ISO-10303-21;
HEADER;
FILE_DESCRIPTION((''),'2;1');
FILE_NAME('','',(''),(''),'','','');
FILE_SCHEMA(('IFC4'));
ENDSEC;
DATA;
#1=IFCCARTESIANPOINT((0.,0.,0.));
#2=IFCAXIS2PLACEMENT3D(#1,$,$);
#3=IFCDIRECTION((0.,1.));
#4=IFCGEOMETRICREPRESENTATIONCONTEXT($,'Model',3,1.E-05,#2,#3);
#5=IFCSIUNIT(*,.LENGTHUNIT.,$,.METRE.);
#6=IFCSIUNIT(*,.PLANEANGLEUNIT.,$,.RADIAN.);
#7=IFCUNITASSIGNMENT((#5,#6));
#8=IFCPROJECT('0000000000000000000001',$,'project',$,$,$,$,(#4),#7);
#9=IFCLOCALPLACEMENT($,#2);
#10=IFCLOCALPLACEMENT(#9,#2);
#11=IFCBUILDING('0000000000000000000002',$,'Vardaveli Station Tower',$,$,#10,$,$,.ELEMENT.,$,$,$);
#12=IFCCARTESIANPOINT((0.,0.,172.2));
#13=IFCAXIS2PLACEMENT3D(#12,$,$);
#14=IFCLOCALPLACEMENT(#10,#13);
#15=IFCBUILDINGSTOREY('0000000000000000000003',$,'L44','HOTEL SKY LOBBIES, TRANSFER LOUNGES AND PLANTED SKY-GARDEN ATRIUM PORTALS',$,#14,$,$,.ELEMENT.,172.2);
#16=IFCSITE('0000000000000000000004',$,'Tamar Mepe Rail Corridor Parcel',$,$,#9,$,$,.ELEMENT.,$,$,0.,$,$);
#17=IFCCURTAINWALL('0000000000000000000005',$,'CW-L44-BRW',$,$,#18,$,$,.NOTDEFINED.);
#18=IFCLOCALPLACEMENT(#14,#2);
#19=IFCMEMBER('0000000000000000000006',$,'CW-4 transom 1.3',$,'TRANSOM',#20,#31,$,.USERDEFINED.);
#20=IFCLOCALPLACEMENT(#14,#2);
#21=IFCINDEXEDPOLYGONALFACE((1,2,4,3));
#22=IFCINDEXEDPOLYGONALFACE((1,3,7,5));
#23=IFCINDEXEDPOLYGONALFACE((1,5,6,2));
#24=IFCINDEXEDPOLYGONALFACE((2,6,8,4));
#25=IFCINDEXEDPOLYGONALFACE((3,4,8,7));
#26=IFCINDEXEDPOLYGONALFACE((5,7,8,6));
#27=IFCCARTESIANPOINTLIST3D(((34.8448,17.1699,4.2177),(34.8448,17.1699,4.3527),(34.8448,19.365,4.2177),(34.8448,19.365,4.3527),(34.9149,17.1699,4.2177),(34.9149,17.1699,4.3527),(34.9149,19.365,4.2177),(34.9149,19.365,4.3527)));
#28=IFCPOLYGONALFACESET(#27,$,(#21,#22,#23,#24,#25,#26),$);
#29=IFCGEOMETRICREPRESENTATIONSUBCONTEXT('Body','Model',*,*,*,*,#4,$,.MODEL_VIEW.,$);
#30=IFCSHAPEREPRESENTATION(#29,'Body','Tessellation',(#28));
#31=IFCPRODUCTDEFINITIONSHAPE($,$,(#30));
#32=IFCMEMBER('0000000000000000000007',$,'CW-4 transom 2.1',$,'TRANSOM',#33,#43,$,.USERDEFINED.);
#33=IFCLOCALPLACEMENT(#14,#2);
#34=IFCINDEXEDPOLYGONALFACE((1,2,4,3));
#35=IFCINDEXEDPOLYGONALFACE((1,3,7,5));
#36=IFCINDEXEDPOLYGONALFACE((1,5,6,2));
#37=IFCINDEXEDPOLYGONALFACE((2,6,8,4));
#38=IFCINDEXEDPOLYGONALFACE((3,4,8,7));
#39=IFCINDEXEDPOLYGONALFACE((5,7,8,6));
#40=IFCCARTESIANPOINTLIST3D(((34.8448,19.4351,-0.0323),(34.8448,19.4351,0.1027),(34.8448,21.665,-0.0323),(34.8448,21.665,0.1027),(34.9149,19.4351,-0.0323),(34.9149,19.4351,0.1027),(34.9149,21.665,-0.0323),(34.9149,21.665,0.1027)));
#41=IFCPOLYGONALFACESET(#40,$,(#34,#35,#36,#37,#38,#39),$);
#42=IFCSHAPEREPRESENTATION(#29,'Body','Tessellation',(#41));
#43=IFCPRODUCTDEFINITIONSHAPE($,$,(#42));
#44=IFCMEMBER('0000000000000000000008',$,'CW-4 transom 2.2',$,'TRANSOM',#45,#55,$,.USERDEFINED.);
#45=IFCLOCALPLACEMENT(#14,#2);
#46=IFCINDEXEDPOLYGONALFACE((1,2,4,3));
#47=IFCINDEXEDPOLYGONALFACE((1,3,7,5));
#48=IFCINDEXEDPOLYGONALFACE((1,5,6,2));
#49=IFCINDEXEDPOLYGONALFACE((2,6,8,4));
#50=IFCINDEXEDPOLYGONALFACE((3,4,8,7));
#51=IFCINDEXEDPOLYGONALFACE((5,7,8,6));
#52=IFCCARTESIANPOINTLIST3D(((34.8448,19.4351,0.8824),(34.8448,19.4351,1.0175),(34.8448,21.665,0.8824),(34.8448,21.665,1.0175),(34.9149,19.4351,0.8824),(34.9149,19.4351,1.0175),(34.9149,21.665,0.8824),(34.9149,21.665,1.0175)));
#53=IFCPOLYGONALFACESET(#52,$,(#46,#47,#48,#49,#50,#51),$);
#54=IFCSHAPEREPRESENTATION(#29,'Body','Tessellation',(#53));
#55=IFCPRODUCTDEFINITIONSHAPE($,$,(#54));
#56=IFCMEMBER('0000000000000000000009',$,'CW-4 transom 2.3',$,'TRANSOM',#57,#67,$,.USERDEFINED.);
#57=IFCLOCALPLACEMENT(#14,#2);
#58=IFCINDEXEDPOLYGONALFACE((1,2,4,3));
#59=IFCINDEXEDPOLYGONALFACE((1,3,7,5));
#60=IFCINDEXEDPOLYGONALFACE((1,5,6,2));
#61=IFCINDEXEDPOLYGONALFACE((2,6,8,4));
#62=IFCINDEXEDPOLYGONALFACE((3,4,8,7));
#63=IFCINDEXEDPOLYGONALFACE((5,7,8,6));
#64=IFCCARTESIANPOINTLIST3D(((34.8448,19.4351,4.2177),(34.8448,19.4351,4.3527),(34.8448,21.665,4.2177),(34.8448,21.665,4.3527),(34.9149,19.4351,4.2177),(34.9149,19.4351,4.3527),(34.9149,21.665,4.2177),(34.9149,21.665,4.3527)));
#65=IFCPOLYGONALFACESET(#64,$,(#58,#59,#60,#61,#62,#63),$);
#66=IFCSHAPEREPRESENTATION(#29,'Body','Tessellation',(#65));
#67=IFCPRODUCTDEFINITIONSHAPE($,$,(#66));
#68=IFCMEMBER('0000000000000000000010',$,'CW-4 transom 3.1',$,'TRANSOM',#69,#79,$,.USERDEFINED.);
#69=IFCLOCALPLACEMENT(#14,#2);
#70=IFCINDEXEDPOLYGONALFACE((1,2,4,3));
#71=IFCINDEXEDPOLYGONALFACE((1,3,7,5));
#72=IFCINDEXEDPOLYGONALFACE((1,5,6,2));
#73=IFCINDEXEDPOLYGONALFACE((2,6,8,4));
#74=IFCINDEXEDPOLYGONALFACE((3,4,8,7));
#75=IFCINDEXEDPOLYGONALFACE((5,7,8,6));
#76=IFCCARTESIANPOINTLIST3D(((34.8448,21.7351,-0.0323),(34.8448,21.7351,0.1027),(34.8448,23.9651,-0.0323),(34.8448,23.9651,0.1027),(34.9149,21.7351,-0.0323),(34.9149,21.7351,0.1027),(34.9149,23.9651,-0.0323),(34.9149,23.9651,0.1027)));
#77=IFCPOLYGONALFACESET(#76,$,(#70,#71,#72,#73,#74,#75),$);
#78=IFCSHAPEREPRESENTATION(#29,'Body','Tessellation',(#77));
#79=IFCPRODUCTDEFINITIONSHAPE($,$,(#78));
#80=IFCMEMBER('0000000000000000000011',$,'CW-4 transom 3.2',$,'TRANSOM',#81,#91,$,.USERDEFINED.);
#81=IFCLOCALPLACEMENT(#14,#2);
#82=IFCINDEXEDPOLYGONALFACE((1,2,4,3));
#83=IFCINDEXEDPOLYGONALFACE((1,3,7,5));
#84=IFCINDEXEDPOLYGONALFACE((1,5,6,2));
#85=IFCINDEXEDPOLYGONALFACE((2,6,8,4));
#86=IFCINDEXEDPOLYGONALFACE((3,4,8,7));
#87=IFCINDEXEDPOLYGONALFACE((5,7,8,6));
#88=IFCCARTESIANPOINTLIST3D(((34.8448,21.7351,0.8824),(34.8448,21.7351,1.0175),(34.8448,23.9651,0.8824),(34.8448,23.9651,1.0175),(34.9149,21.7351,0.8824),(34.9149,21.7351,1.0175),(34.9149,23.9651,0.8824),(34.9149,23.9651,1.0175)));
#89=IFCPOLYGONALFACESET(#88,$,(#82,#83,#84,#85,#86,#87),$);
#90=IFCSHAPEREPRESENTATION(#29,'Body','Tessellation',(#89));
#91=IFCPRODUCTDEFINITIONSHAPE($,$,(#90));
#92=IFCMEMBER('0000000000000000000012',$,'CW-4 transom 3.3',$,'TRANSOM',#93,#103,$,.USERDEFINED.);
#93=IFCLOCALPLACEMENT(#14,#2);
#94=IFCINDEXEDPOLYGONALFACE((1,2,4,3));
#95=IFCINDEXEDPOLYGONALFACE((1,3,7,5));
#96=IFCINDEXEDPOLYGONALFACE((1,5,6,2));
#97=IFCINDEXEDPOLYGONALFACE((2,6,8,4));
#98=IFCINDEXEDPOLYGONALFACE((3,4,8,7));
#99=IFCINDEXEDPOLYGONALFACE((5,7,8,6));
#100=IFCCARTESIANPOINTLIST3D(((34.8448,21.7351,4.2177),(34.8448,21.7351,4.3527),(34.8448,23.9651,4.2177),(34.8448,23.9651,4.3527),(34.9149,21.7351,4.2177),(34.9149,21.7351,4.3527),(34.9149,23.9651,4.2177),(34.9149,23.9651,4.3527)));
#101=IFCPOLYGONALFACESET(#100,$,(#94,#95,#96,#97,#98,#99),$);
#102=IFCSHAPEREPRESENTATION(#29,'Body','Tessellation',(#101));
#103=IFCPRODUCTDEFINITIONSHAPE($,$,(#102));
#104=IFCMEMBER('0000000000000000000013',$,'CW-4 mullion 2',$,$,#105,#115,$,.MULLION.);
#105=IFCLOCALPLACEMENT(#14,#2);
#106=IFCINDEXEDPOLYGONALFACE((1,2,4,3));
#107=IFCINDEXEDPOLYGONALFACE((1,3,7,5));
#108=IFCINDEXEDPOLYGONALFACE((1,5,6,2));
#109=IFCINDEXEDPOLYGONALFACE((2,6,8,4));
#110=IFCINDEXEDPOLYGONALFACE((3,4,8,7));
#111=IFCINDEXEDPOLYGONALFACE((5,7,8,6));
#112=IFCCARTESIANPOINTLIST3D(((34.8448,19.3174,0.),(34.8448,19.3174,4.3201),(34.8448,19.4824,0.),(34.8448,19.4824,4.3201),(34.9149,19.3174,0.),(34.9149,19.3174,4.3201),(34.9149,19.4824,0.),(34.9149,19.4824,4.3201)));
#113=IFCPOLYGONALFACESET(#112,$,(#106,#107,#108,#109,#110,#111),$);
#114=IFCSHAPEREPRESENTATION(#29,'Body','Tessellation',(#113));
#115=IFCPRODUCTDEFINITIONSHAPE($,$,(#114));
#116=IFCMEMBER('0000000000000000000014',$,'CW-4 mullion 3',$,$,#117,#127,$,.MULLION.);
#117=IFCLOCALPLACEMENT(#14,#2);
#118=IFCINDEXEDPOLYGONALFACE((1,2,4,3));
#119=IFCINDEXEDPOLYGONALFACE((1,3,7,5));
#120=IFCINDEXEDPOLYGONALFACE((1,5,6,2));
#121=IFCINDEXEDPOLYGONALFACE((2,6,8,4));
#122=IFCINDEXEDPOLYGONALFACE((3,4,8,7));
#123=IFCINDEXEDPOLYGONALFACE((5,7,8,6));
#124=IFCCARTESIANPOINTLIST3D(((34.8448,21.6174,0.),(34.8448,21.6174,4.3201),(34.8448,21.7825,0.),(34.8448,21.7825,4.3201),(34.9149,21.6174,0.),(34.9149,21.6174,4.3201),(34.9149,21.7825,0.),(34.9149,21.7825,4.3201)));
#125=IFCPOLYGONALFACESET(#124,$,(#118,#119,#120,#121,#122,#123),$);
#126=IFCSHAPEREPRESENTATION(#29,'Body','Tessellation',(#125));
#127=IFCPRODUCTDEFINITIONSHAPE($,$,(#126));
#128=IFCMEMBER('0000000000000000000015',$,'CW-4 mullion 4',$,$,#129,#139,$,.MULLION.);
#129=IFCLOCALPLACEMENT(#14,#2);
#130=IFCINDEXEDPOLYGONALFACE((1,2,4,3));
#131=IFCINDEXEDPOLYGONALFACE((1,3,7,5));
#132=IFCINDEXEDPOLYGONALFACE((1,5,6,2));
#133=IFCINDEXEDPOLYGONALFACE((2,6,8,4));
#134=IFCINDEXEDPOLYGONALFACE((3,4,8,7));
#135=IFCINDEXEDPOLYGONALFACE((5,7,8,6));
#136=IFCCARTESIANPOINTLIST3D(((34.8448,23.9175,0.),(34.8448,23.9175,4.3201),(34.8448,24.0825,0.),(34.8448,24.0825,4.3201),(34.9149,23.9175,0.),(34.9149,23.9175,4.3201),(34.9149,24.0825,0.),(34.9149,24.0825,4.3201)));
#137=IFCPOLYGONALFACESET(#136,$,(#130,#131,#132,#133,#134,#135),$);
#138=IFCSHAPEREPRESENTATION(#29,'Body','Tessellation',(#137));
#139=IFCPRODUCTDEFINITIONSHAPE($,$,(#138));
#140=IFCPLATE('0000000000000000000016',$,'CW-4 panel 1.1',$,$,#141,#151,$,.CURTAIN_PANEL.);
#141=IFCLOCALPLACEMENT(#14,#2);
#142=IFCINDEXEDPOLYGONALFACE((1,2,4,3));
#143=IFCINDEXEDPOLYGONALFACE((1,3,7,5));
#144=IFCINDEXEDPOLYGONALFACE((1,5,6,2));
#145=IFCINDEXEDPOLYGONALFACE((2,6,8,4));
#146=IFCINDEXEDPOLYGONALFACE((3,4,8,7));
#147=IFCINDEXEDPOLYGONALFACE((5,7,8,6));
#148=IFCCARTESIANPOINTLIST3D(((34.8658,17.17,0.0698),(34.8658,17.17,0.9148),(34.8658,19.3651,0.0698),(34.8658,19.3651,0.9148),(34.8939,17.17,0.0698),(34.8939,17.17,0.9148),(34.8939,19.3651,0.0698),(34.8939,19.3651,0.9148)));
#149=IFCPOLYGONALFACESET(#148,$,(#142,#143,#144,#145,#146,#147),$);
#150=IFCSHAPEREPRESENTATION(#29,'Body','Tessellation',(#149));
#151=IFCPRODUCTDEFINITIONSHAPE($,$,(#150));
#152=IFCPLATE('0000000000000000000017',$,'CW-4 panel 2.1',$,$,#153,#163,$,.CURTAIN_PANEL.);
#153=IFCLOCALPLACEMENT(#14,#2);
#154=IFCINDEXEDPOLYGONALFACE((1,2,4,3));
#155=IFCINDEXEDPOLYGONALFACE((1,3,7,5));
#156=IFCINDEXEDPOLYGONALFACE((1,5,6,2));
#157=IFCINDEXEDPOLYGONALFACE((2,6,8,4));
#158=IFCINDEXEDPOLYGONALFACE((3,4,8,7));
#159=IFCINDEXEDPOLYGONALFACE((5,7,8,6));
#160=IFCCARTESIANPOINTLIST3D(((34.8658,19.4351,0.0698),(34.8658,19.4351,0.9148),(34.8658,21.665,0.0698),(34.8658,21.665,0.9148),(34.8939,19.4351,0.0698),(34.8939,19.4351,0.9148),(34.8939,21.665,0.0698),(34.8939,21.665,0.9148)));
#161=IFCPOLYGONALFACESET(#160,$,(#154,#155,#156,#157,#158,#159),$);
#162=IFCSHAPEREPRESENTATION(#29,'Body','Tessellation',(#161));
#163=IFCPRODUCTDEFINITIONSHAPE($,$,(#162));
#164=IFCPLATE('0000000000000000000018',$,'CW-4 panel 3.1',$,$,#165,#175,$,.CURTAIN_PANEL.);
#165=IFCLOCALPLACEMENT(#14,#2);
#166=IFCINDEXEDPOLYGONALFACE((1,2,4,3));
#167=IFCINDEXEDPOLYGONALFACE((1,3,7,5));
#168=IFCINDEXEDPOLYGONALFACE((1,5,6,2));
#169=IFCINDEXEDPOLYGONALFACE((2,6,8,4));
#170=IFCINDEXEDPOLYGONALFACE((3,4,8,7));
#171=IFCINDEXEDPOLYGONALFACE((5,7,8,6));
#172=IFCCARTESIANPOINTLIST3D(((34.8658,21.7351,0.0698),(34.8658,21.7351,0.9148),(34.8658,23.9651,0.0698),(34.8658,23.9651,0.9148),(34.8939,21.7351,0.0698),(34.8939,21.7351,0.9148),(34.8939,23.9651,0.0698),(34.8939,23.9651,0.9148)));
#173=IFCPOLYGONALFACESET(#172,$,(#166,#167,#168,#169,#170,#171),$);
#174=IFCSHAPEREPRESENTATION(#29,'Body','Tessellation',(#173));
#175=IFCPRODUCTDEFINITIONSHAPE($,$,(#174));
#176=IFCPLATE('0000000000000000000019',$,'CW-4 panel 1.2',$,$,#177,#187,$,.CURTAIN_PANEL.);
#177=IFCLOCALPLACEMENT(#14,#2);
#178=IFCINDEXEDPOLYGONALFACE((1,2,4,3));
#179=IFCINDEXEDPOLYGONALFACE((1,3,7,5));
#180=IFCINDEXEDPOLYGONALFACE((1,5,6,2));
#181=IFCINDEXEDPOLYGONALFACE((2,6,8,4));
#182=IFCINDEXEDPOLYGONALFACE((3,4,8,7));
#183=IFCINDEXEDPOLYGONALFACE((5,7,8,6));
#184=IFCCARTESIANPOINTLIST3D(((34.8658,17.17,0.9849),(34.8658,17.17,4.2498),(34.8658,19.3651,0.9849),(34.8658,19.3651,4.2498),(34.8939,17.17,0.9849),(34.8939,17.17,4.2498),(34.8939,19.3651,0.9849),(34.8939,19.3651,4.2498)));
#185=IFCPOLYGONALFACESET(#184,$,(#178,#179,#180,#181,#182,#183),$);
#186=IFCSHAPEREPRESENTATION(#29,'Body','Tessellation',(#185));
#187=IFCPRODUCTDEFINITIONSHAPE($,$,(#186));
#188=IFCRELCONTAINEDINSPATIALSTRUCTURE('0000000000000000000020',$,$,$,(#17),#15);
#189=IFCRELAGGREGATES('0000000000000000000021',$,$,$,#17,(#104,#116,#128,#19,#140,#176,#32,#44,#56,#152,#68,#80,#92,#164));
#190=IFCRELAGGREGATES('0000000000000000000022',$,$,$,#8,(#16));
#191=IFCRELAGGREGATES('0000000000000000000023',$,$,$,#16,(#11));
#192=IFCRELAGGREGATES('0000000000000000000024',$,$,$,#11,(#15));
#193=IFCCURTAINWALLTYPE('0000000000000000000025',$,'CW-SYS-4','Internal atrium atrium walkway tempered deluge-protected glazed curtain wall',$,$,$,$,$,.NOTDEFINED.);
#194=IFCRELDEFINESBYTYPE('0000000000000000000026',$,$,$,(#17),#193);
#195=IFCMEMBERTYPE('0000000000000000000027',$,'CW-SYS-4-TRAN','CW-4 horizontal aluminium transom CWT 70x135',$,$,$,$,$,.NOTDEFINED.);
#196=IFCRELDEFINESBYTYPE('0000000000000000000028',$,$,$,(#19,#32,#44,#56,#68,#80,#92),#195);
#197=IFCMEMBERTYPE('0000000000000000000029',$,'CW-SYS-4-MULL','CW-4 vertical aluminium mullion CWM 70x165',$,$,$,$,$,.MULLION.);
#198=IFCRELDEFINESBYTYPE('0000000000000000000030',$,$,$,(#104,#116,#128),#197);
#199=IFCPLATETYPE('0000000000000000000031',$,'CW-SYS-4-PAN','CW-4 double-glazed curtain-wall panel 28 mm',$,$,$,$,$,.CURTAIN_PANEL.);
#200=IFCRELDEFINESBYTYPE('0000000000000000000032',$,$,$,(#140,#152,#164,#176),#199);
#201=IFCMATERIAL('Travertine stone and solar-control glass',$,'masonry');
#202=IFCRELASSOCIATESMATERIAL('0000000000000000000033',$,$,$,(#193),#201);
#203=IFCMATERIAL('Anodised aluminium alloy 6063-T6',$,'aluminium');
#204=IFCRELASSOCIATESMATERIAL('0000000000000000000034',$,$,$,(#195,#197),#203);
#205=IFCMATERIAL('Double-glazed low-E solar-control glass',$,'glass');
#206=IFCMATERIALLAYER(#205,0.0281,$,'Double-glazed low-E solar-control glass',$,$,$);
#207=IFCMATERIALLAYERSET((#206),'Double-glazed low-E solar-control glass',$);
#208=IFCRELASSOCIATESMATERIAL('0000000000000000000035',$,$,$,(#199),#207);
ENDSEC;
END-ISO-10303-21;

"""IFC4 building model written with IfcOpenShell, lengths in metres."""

from ifc_helpers import new_model, si_unit, direction, frame, origin, origin_2d, place, context, subcontext, project, spatial, rectangle, extrude, source, transform, mapped, material, layer, layer_set, material_profile, profile_set, type_object, element, aggregate, save


model = new_model("IFC4")

# Units and contexts
model_context = context("Model", 3, precision=1e-05, world=origin(), true_north=direction((0.0, 1.0)))
body_context = subcontext(model_context, "Body", "Model", "MODEL_VIEW")
ifc_project = project(units=[si_unit("LENGTHUNIT", "METRE"), si_unit("PLANEANGLEUNIT", "RADIAN")], contexts=[model_context])

# Site, building, storey
site_placement = place(None, origin())
site = spatial("IfcSite", under=ifc_project, at=site_placement, Name="Tamar Mepe Rail Corridor Parcel", CompositionType="ELEMENT", RefElevation=0.0)
building_placement = place(site_placement, origin())
building = spatial("IfcBuilding", under=site, at=building_placement, Name="Vardaveli Station Tower", CompositionType="ELEMENT")
storey_placement = place(building_placement, frame((0.0, 0.0, 172.2)))
storey = spatial("IfcBuildingStorey", under=building, at=storey_placement, Name="L44", Description="HOTEL SKY LOBBIES, TRANSFER LOUNGES AND PLANTED SKY-GARDEN ATRIUM PORTALS", CompositionType="ELEMENT", Elevation=172.2)

# Curtain wall, members, plates
ifc_material_1 = material(Name="Travertine stone and solar-control glass", Category="masonry")
curtain_wall_type = type_object("IfcCurtainWallType", Name="CW-SYS-4", Description="Internal atrium atrium walkway tempered deluge-protected glazed curtain wall", PredefinedType="NOTDEFINED", material=ifc_material_1)
curtain_wall_placement = place(storey_placement, origin())
curtain_wall = element("IfcCurtainWall", 1, at=curtain_wall_placement, inside=storey, type_object=curtain_wall_type, Name="CW-L44-BRW", PredefinedType="NOTDEFINED")
ifc_material_2 = material(Name="Anodised aluminium alloy 6063-T6", Category="aluminium")
ifc_material_profile_1 = material_profile(ifc_material_2, rectangle(XDim=0.0701, YDim=0.135, at=origin_2d()), Name="CWT 70x135")
ifc_profile_set_1 = profile_set([ifc_material_profile_1], Name="Anodised aluminium alloy 6063-T6")
member_type_1 = type_object("IfcMemberType", Name="CW-SYS-4-TRAN", Description="CW-4 horizontal aluminium transom CWT 70x135", PredefinedType="NOTDEFINED", material=ifc_profile_set_1)
shared_shape_1 = source(origin(), body_context, "Body", "SweptSolid", [
    extrude(rectangle(XDim=0.0701, YDim=0.135, at=origin_2d()), origin(), (0.0, 0.0, 1.0), 2.1951),
])
member_1_placement = place(storey_placement, frame((34.8799, 17.1699, 4.2852), z_axis=(0.0, 1.0, 0.0), x_axis=(-1.0, 0.0, 0.0)))
member_1 = element("IfcMember", 2, at=member_1_placement, type_object=member_type_1, Name="CW-4 transom 1.3", ObjectType="TRANSOM", PredefinedType="USERDEFINED", context=body_context, shape_type="MappedRepresentation", body=[
    mapped(shared_shape_1, transform((0.0, 0.0, 0.0), scale=1.0)),
])
shared_shape_2 = source(origin(), body_context, "Body", "SweptSolid", [
    extrude(rectangle(XDim=0.0701, YDim=0.135, at=origin_2d()), origin(), (0.0, 0.0, 1.0), 2.23),
])
member_2_placement = place(storey_placement, frame((34.8799, 19.4351, 0.0352), z_axis=(0.0, 1.0, 0.0), x_axis=(-1.0, 0.0, 0.0)))
member_2 = element("IfcMember", 3, at=member_2_placement, type_object=member_type_1, Name="CW-4 transom 2.1", ObjectType="TRANSOM", PredefinedType="USERDEFINED", context=body_context, shape_type="MappedRepresentation", body=[
    mapped(shared_shape_2, transform((0.0, 0.0, 0.0), scale=1.0)),
])
member_3_placement = place(storey_placement, frame((34.8799, 19.4351, 0.95), z_axis=(0.0, 1.0, 0.0), x_axis=(-1.0, 0.0, 0.0)))
member_3 = element("IfcMember", 4, at=member_3_placement, type_object=member_type_1, Name="CW-4 transom 2.2", ObjectType="TRANSOM", PredefinedType="USERDEFINED", context=body_context, shape_type="MappedRepresentation", body=[
    mapped(shared_shape_2, transform((0.0, 0.0, 0.0), scale=1.0)),
])
member_4_placement = place(storey_placement, frame((34.8799, 19.4351, 4.2852), z_axis=(0.0, 1.0, 0.0), x_axis=(-1.0, 0.0, 0.0)))
member_4 = element("IfcMember", 5, at=member_4_placement, type_object=member_type_1, Name="CW-4 transom 2.3", ObjectType="TRANSOM", PredefinedType="USERDEFINED", context=body_context, shape_type="MappedRepresentation", body=[
    mapped(shared_shape_2, transform((0.0, 0.0, 0.0), scale=1.0)),
])
member_5_placement = place(storey_placement, frame((34.8799, 21.7351, 0.0352), z_axis=(0.0, 1.0, 0.0), x_axis=(-1.0, 0.0, 0.0)))
member_5 = element("IfcMember", 6, at=member_5_placement, type_object=member_type_1, Name="CW-4 transom 3.1", ObjectType="TRANSOM", PredefinedType="USERDEFINED", context=body_context, shape_type="MappedRepresentation", body=[
    mapped(shared_shape_2, transform((0.0, 0.0, 0.0), scale=1.0)),
])
member_6_placement = place(storey_placement, frame((34.8799, 21.7351, 0.95), z_axis=(0.0, 1.0, 0.0), x_axis=(-1.0, 0.0, 0.0)))
member_6 = element("IfcMember", 7, at=member_6_placement, type_object=member_type_1, Name="CW-4 transom 3.2", ObjectType="TRANSOM", PredefinedType="USERDEFINED", context=body_context, shape_type="MappedRepresentation", body=[
    mapped(shared_shape_2, transform((0.0, 0.0, 0.0), scale=1.0)),
])
member_7_placement = place(storey_placement, frame((34.8799, 21.7351, 4.2852), z_axis=(0.0, 1.0, 0.0), x_axis=(-1.0, 0.0, 0.0)))
member_7 = element("IfcMember", 8, at=member_7_placement, type_object=member_type_1, Name="CW-4 transom 3.3", ObjectType="TRANSOM", PredefinedType="USERDEFINED", context=body_context, shape_type="MappedRepresentation", body=[
    mapped(shared_shape_2, transform((0.0, 0.0, 0.0), scale=1.0)),
])
ifc_material_profile_2 = material_profile(ifc_material_2, rectangle(XDim=0.0701, YDim=0.165, at=origin_2d()), Name="CWM 70x165")
ifc_profile_set_2 = profile_set([ifc_material_profile_2], Name="Anodised aluminium alloy 6063-T6")
member_type_2 = type_object("IfcMemberType", Name="CW-SYS-4-MULL", Description="CW-4 vertical aluminium mullion CWM 70x165", PredefinedType="MULLION", material=ifc_profile_set_2)
shared_shape_3 = source(origin(), body_context, "Body", "SweptSolid", [
    extrude(rectangle(XDim=0.0701, YDim=0.165, at=origin_2d()), origin(), (0.0, 0.0, 1.0), 4.3201),
])
member_8_placement = place(storey_placement, frame((34.8799, 19.3999, 0.0), z_axis=(0.0, 0.0, 1.0), x_axis=(-1.0, 0.0, 0.0)))
member_8 = element("IfcMember", 9, at=member_8_placement, type_object=member_type_2, Name="CW-4 mullion 2", PredefinedType="MULLION", context=body_context, shape_type="MappedRepresentation", body=[
    mapped(shared_shape_3, transform((0.0, 0.0, 0.0), scale=1.0)),
])
member_9_placement = place(storey_placement, frame((34.8799, 21.7, 0.0), z_axis=(0.0, 0.0, 1.0), x_axis=(-1.0, 0.0, 0.0)))
member_9 = element("IfcMember", 10, at=member_9_placement, type_object=member_type_2, Name="CW-4 mullion 3", PredefinedType="MULLION", context=body_context, shape_type="MappedRepresentation", body=[
    mapped(shared_shape_3, transform((0.0, 0.0, 0.0), scale=1.0)),
])
member_10_placement = place(storey_placement, frame((34.8799, 24.0, 0.0), z_axis=(0.0, 0.0, 1.0), x_axis=(-1.0, 0.0, 0.0)))
member_10 = element("IfcMember", 11, at=member_10_placement, type_object=member_type_2, Name="CW-4 mullion 4", PredefinedType="MULLION", context=body_context, shape_type="MappedRepresentation", body=[
    mapped(shared_shape_3, transform((0.0, 0.0, 0.0), scale=1.0)),
])
ifc_material_3 = material(Name="Double-glazed low-E solar-control glass", Category="glass")
ifc_layer_1 = layer(ifc_material_3, 0.0281, Name="Double-glazed low-E solar-control glass")
ifc_layer_set_1 = layer_set([ifc_layer_1], Name="Double-glazed low-E solar-control glass")
plate_type = type_object("IfcPlateType", Name="CW-SYS-4-PAN", Description="CW-4 double-glazed curtain-wall panel 28 mm", PredefinedType="CURTAIN_PANEL", material=ifc_layer_set_1)
shared_shape_4 = source(origin(), body_context, "Body", "SweptSolid", [
    extrude(rectangle(XDim=2.1951, YDim=0.0281, at=origin_2d()), origin(), (0.0, 0.0, 1.0), 0.845),
])
plate_1_placement = place(storey_placement, frame((34.8799, 18.2676, 0.0698), z_axis=(0.0, 0.0, 1.0), x_axis=(0.0, 1.0, 0.0)))
plate_1 = element("IfcPlate", 12, at=plate_1_placement, type_object=plate_type, Name="CW-4 panel 1.1", PredefinedType="CURTAIN_PANEL", context=body_context, shape_type="MappedRepresentation", body=[
    mapped(shared_shape_4, transform((0.0, 0.0, 0.0), scale=1.0)),
])
shared_shape_5 = source(origin(), body_context, "Body", "SweptSolid", [
    extrude(rectangle(XDim=2.23, YDim=0.0281, at=origin_2d()), origin(), (0.0, 0.0, 1.0), 0.845),
])
plate_2_placement = place(storey_placement, frame((34.8799, 20.55, 0.0698), z_axis=(0.0, 0.0, 1.0), x_axis=(0.0, 1.0, 0.0)))
plate_2 = element("IfcPlate", 13, at=plate_2_placement, type_object=plate_type, Name="CW-4 panel 2.1", PredefinedType="CURTAIN_PANEL", context=body_context, shape_type="MappedRepresentation", body=[
    mapped(shared_shape_5, transform((0.0, 0.0, 0.0), scale=1.0)),
])
plate_3_placement = place(storey_placement, frame((34.8799, 22.8501, 0.0698), z_axis=(0.0, 0.0, 1.0), x_axis=(0.0, 1.0, 0.0)))
plate_3 = element("IfcPlate", 14, at=plate_3_placement, type_object=plate_type, Name="CW-4 panel 3.1", PredefinedType="CURTAIN_PANEL", context=body_context, shape_type="MappedRepresentation", body=[
    mapped(shared_shape_5, transform((0.0, 0.0, 0.0), scale=1.0)),
])
shared_shape_6 = source(origin(), body_context, "Body", "SweptSolid", [
    extrude(rectangle(XDim=2.1951, YDim=0.0281, at=origin_2d()), origin(), (0.0, 0.0, 1.0), 3.2649),
])
plate_4_placement = place(storey_placement, frame((34.8799, 18.2676, 0.9849), z_axis=(0.0, 0.0, 1.0), x_axis=(0.0, 1.0, 0.0)))
plate_4 = element("IfcPlate", 15, at=plate_4_placement, type_object=plate_type, Name="CW-4 panel 1.2", PredefinedType="CURTAIN_PANEL", context=body_context, shape_type="MappedRepresentation", body=[
    mapped(shared_shape_6, transform((0.0, 0.0, 0.0), scale=1.0)),
])
aggregate(curtain_wall, [member_8, member_9, member_10, member_1, plate_1, plate_4, member_2, member_3, member_4, plate_2, member_5, member_6, member_7, plate_3])

save(model, "model.ifc")
